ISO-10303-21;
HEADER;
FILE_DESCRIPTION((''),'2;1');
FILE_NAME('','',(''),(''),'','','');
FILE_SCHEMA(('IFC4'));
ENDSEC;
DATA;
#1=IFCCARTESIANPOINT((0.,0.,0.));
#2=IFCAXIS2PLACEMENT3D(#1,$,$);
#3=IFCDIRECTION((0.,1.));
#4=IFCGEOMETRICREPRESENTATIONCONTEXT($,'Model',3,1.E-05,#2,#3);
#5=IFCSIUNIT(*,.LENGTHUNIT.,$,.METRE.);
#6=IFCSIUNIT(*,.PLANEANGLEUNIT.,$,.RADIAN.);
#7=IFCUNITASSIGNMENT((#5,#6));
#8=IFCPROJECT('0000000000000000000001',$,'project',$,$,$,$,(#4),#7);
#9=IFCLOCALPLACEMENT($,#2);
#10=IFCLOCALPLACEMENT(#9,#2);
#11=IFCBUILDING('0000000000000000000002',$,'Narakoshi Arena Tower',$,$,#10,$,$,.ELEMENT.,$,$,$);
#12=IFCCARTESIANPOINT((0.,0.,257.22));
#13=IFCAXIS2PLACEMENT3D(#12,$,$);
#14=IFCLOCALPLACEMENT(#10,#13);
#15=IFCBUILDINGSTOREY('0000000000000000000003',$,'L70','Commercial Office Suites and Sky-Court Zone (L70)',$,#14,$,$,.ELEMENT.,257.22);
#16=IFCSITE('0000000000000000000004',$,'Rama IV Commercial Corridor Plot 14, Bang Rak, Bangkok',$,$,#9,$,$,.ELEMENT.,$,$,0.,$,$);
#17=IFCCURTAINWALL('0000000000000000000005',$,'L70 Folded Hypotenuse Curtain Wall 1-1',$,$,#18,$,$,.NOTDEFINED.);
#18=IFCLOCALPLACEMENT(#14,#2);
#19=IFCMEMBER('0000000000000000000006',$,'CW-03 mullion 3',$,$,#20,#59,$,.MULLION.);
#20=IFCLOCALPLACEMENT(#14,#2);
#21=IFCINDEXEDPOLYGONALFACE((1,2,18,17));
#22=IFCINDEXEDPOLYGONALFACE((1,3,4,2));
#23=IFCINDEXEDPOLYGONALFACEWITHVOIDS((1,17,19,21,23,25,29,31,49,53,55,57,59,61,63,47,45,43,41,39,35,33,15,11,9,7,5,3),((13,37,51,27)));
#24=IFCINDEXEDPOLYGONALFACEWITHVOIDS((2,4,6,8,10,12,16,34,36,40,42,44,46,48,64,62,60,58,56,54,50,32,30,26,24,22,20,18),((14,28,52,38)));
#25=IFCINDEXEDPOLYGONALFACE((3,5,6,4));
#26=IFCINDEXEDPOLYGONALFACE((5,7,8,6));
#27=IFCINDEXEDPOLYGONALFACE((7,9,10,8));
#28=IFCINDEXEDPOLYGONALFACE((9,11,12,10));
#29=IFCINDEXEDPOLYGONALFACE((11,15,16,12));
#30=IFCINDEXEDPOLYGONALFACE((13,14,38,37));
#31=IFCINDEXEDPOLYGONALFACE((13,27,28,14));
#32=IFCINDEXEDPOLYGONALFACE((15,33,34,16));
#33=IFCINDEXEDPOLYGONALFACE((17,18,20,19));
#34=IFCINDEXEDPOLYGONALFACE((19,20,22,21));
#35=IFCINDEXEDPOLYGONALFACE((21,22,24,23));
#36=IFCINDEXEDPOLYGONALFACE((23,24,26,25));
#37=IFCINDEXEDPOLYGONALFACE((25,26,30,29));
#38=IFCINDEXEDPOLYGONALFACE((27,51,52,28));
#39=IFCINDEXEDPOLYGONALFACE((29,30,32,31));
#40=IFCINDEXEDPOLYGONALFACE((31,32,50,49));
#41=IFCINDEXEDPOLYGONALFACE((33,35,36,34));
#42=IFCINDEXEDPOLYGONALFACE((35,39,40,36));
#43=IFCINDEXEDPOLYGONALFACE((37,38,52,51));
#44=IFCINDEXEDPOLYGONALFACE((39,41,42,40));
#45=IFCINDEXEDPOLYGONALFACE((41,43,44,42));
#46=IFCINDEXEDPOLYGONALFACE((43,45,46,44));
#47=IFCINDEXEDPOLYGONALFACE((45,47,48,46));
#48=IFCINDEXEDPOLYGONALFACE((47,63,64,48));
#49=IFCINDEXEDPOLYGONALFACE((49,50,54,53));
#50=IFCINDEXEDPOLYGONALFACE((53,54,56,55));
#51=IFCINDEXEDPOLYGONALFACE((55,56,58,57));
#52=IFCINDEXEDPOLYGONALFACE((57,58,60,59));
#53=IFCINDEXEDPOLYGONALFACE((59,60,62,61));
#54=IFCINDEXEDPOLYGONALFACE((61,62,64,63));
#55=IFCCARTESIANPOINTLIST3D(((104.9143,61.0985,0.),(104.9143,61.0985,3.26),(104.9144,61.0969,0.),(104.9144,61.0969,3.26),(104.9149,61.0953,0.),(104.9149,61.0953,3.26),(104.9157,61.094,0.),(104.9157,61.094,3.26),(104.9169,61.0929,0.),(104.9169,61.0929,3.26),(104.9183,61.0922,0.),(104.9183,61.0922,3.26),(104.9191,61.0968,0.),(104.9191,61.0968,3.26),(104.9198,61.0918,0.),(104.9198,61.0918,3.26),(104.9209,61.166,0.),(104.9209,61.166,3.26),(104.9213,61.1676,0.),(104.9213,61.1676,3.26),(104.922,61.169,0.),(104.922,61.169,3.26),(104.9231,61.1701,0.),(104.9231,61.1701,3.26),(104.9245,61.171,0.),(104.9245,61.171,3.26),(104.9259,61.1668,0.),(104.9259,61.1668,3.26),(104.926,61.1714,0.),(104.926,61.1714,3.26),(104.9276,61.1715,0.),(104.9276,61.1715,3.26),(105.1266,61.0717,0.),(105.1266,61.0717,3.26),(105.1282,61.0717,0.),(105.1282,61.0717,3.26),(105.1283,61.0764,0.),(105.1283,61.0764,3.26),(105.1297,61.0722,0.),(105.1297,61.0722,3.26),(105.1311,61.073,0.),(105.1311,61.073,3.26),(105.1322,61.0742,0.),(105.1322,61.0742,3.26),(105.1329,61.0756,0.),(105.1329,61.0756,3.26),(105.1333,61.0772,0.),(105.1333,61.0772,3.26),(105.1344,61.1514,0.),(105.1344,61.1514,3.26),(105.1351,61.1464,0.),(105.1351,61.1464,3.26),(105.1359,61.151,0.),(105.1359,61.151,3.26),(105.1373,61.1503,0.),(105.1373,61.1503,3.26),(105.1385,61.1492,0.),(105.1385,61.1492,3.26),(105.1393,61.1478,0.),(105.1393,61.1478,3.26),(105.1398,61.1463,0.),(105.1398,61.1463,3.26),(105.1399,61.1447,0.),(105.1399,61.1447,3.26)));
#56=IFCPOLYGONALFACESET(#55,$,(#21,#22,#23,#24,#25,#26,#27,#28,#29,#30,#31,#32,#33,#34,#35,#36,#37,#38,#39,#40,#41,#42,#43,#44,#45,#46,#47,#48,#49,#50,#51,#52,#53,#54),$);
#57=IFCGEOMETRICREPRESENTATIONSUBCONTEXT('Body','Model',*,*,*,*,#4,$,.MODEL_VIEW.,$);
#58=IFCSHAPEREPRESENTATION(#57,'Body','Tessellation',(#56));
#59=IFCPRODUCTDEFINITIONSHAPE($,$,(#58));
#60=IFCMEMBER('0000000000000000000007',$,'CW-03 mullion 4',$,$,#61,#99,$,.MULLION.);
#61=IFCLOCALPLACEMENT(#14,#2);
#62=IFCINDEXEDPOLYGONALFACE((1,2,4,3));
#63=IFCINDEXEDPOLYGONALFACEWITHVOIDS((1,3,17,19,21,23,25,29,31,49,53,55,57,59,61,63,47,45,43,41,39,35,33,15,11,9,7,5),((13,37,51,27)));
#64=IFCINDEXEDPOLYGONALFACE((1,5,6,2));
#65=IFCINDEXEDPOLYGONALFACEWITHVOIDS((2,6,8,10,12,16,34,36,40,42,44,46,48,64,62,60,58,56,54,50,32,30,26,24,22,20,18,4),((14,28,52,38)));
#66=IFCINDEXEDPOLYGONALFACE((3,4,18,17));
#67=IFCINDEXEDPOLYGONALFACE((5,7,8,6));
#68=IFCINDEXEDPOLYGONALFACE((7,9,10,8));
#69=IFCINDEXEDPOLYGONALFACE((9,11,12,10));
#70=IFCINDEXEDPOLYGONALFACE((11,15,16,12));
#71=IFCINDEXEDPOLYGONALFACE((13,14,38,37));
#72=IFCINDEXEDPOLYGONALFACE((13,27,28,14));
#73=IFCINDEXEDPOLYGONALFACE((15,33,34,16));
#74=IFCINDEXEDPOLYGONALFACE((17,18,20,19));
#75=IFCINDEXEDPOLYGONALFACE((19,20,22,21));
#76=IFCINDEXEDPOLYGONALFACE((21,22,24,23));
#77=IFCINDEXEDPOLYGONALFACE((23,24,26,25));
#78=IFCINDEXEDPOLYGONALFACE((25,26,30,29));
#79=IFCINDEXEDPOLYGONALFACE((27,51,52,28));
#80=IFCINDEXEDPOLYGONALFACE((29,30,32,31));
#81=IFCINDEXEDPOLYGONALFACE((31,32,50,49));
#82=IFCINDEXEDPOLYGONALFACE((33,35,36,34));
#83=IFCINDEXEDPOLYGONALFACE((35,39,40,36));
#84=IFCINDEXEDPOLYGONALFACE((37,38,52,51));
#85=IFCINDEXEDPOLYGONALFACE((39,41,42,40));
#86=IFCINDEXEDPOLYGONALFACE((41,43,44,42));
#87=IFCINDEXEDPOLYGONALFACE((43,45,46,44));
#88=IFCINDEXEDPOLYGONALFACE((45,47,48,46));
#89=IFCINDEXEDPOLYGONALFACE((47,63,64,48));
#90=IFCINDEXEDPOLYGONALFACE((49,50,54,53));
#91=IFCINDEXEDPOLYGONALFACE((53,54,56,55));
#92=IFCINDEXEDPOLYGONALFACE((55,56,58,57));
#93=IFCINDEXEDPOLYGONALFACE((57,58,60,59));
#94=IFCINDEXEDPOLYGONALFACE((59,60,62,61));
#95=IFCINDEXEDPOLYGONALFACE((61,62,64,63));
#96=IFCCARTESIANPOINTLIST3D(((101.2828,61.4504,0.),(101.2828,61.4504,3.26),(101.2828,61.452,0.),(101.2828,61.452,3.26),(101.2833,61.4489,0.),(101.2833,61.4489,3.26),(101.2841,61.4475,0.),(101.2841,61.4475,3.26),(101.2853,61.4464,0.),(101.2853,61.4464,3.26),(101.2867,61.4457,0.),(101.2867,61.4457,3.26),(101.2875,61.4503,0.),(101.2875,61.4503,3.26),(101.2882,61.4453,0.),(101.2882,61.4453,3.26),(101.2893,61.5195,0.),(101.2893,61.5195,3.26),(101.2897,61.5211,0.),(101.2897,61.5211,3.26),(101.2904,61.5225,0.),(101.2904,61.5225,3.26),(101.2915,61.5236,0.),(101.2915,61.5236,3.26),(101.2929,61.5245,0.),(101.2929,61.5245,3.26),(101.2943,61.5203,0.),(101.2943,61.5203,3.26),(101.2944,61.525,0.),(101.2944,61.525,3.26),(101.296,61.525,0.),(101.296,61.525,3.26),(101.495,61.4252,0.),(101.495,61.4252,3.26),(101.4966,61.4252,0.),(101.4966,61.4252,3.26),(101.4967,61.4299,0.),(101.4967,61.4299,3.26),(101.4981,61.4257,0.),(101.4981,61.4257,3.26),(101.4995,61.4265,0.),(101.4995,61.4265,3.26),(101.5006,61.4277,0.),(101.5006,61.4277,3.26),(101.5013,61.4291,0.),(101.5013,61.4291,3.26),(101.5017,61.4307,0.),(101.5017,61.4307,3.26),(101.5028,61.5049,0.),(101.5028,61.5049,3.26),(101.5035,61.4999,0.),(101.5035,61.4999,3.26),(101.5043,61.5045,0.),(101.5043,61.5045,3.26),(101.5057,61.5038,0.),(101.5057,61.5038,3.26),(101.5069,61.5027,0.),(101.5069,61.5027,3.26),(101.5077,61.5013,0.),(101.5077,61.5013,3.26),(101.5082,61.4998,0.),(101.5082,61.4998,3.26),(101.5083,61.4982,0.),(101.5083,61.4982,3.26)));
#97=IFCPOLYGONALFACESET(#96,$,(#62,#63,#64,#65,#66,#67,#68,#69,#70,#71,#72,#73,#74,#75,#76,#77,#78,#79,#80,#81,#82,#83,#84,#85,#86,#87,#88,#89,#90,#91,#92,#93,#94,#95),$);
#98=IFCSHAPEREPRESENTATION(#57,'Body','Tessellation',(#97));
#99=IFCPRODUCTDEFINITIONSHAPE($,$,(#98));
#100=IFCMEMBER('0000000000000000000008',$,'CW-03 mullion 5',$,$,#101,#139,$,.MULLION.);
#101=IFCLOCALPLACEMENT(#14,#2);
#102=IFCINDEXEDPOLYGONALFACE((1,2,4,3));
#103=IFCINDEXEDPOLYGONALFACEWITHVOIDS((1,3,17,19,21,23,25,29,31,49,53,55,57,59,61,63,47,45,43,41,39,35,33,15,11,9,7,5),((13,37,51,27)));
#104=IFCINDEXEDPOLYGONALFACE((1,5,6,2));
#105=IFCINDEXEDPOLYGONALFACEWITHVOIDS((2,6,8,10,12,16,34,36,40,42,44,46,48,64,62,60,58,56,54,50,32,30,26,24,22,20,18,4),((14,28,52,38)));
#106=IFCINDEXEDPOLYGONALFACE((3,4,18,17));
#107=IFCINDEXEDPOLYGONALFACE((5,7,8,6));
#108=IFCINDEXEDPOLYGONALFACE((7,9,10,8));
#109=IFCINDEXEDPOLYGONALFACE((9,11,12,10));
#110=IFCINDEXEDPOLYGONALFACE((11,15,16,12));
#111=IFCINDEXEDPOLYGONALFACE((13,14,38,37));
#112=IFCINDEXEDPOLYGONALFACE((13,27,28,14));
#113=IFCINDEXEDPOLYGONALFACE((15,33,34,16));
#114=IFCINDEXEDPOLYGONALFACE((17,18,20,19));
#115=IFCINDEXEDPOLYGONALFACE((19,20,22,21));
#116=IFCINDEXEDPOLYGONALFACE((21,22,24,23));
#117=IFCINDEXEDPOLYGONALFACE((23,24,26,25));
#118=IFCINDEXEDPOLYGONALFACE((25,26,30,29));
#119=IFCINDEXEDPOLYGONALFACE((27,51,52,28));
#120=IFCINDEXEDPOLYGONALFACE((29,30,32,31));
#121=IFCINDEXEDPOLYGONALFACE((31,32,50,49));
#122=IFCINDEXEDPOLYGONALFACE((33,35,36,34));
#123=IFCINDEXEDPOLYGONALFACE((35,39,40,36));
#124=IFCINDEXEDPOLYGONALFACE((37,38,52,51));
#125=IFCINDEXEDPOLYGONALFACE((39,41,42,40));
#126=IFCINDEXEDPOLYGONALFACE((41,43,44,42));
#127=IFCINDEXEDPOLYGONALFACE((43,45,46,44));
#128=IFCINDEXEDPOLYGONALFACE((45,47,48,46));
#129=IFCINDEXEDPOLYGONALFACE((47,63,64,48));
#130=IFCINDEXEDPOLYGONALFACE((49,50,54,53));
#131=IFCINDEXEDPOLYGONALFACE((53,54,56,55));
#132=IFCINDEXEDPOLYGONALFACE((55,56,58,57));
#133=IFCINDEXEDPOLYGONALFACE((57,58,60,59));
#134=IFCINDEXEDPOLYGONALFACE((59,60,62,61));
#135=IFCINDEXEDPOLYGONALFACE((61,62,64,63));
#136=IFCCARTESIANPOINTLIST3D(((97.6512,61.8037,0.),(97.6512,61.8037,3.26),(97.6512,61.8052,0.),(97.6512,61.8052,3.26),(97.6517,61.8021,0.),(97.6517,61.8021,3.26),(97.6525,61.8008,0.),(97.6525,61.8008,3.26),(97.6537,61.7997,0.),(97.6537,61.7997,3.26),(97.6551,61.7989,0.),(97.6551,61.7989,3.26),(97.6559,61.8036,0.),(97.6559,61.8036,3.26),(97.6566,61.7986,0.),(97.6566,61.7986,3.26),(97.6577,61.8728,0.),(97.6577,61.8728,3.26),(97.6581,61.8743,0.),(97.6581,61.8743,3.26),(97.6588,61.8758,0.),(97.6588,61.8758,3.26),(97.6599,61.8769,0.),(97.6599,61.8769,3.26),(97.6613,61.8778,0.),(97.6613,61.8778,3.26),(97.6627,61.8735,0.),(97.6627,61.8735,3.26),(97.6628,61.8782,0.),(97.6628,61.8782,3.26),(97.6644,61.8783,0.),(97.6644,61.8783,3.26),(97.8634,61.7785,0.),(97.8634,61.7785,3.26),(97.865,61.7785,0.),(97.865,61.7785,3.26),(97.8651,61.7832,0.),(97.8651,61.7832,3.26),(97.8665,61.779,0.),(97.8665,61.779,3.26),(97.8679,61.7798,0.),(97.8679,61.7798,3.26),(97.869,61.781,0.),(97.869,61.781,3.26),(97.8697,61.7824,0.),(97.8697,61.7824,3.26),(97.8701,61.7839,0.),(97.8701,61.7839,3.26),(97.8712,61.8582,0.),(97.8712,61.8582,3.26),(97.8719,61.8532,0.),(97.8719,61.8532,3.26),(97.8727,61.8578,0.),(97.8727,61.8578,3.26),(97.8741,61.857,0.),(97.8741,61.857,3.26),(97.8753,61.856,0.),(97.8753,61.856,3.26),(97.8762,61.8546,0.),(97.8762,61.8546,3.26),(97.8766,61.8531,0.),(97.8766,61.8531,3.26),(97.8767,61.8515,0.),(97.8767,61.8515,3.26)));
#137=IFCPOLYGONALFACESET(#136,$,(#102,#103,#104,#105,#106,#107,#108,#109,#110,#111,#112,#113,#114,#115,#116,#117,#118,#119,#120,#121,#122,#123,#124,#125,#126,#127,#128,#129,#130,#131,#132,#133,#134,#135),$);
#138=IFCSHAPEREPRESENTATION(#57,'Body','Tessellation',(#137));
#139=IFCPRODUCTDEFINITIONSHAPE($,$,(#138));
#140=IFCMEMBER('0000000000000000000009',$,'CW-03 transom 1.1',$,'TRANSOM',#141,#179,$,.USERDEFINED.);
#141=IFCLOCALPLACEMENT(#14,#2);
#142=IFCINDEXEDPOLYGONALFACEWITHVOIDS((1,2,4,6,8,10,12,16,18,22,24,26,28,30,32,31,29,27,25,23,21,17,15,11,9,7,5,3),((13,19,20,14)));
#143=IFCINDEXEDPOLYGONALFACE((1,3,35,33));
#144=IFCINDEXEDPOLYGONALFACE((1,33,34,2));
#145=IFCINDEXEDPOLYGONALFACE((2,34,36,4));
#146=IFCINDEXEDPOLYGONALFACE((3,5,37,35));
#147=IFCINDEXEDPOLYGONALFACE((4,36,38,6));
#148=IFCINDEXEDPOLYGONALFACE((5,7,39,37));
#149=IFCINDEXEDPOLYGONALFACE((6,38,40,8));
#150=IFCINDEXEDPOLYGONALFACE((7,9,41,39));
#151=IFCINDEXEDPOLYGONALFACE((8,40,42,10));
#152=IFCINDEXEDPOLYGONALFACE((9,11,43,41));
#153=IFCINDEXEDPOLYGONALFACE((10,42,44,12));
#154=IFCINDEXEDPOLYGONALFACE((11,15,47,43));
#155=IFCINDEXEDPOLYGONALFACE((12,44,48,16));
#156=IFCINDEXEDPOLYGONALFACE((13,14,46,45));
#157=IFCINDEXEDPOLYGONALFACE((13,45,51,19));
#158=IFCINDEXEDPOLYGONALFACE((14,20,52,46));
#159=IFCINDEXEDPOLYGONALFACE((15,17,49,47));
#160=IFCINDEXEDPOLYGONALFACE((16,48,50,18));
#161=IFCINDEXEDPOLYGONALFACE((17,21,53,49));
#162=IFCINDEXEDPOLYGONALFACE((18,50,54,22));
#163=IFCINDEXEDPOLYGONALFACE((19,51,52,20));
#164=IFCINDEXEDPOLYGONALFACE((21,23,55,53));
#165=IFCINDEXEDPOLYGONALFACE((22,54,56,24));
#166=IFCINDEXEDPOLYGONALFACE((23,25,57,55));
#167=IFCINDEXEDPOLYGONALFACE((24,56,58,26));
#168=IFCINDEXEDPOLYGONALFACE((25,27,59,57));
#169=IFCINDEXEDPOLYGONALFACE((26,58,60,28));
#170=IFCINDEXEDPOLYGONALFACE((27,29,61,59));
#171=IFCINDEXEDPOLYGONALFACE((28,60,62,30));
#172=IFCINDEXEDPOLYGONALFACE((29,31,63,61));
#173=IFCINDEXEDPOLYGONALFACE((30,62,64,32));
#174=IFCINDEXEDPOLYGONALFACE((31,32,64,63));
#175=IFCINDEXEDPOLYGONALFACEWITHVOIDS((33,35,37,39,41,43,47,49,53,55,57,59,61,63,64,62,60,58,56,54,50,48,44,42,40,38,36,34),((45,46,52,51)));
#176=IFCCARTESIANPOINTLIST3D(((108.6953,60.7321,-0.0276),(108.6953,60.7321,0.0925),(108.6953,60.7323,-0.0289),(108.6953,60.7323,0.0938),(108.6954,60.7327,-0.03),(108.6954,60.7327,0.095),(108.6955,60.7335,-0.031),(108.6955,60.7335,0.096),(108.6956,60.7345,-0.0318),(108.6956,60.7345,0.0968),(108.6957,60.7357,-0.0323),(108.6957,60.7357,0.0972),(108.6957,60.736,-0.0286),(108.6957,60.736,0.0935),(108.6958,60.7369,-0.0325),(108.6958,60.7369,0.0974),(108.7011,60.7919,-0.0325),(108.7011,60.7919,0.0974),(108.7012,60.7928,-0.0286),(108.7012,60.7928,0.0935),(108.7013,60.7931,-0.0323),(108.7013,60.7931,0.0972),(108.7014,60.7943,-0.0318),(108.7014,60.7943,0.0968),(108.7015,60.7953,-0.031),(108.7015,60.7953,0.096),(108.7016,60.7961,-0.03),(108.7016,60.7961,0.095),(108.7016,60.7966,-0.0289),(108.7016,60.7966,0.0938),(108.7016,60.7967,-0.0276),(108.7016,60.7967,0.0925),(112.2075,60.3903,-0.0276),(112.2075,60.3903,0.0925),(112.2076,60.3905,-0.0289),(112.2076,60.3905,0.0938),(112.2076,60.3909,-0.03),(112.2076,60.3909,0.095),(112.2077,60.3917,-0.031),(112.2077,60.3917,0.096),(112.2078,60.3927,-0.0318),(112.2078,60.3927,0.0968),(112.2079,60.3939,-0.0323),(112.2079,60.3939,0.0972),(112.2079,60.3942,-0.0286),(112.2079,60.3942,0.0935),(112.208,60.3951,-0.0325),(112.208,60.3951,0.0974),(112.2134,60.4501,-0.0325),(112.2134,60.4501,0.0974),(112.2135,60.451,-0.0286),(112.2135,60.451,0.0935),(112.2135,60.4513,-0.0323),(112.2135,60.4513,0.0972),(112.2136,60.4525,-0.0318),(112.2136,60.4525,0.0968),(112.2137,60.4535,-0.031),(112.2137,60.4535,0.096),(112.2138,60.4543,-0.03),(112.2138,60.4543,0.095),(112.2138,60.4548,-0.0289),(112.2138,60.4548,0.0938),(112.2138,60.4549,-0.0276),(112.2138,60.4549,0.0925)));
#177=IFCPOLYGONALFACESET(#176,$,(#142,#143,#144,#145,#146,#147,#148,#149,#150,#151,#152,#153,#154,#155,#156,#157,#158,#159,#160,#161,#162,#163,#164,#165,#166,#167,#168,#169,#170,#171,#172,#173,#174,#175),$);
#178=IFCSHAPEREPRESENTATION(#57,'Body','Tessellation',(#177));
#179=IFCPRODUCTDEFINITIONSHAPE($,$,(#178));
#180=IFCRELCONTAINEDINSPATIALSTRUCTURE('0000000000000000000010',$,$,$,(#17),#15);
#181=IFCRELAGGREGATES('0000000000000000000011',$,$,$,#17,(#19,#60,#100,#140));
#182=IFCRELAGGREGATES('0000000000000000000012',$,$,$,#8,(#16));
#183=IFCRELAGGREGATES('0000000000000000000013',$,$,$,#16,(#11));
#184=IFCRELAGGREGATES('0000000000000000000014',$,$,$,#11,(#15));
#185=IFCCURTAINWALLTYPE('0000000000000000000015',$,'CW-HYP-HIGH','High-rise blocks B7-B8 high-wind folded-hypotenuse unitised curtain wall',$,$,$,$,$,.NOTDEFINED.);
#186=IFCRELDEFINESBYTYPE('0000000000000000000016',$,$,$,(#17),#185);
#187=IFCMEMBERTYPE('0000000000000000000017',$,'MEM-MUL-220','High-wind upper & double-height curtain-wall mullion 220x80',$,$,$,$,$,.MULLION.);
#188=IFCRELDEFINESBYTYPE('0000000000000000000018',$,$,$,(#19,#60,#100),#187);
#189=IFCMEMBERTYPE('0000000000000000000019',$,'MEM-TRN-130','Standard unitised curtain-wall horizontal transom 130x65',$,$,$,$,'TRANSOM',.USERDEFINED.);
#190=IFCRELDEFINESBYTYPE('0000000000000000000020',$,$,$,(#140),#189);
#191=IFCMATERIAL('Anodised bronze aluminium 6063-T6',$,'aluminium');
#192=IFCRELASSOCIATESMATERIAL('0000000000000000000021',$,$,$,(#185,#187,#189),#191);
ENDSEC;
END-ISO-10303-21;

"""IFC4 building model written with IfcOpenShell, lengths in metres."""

from ifc_helpers import new_model, si_unit, direction, frame, origin, origin_2d, place, context, subcontext, project, spatial, hollow_rectangle, extrude, material, material_profile, profile_set, type_object, element, aggregate, save


model = new_model("IFC4")

# Units and contexts
model_context = context("Model", 3, precision=1e-05, world=origin(), true_north=direction((0.0, 1.0)))
body_context = subcontext(model_context, "Body", "Model", "MODEL_VIEW")
ifc_project = project(units=[si_unit("LENGTHUNIT", "METRE"), si_unit("PLANEANGLEUNIT", "RADIAN")], contexts=[model_context])

# Site, building, storey
site_placement = place(None, origin())
site = spatial("IfcSite", under=ifc_project, at=site_placement, Name="Rama IV Commercial Corridor Plot 14, Bang Rak, Bangkok", CompositionType="ELEMENT", RefElevation=0.0)
building_placement = place(site_placement, origin())
building = spatial("IfcBuilding", under=site, at=building_placement, Name="Narakoshi Arena Tower", CompositionType="ELEMENT")
storey_placement = place(building_placement, frame((0.0, 0.0, 257.22)))
storey = spatial("IfcBuildingStorey", under=building, at=storey_placement, Name="L70", Description="Commercial Office Suites and Sky-Court Zone (L70)", CompositionType="ELEMENT", Elevation=257.22)

# Curtain wall, members
ifc_material_1 = material(Name="Anodised bronze aluminium 6063-T6", Category="aluminium")
curtain_wall_type = type_object("IfcCurtainWallType", Name="CW-HYP-HIGH", Description="High-rise blocks B7-B8 high-wind folded-hypotenuse unitised curtain wall", PredefinedType="NOTDEFINED", material=ifc_material_1)
curtain_wall_placement = place(storey_placement, origin())
curtain_wall = element("IfcCurtainWall", 1, at=curtain_wall_placement, inside=storey, type_object=curtain_wall_type, Name="L70 Folded Hypotenuse Curtain Wall 1-1", PredefinedType="NOTDEFINED")
ifc_material_profile_1 = material_profile(ifc_material_1, hollow_rectangle(XDim=0.0801, YDim=0.22, WallThickness=0.0049, OuterFilletRadius=0.0061, at=origin_2d()), Name="MUL220x80x5")
ifc_profile_set_1 = profile_set([ifc_material_profile_1], Name="Anodised bronze aluminium 6063-T6")
member_type_1 = type_object("IfcMemberType", Name="MEM-MUL-220", Description="High-wind upper & double-height curtain-wall mullion 220x80", PredefinedType="MULLION", material=ifc_profile_set_1)
member_1_placement = place(storey_placement, frame((105.0271, 61.1216, 0.0), z_axis=(0.0, 0.0, 1.0), x_axis=(-0.096851, -0.995299, 0.0)))
member_1 = element("IfcMember", 2, at=member_1_placement, type_object=member_type_1, Name="CW-03 mullion 3", PredefinedType="MULLION", context=body_context, shape_type="SweptSolid", body=[
    extrude(hollow_rectangle(XDim=0.0801, YDim=0.22, WallThickness=0.0049, OuterFilletRadius=0.0061, at=origin_2d()), origin(), (0.0, 0.0, 1.0), 3.26),
])
member_2_placement = place(storey_placement, frame((101.3955, 61.4751, 0.0), z_axis=(0.0, 0.0, 1.0), x_axis=(-0.096851, -0.995299, 0.0)))
member_2 = element("IfcMember", 3, at=member_2_placement, type_object=member_type_1, Name="CW-03 mullion 4", PredefinedType="MULLION", context=body_context, shape_type="SweptSolid", body=[
    extrude(hollow_rectangle(XDim=0.0801, YDim=0.22, WallThickness=0.0049, OuterFilletRadius=0.0061, at=origin_2d()), origin(), (0.0, 0.0, 1.0), 3.26),
])
member_3_placement = place(storey_placement, frame((97.7639, 61.8284, 0.0), z_axis=(0.0, 0.0, 1.0), x_axis=(-0.096851, -0.995299, 0.0)))
member_3 = element("IfcMember", 4, at=member_3_placement, type_object=member_type_1, Name="CW-03 mullion 5", PredefinedType="MULLION", context=body_context, shape_type="SweptSolid", body=[
    extrude(hollow_rectangle(XDim=0.0801, YDim=0.22, WallThickness=0.0049, OuterFilletRadius=0.0061, at=origin_2d()), origin(), (0.0, 0.0, 1.0), 3.26),
])
ifc_material_profile_2 = material_profile(ifc_material_1, hollow_rectangle(XDim=0.0649, YDim=0.1299, WallThickness=0.0039, OuterFilletRadius=0.0049, at=origin_2d()), Name="TRN130x65x4")
ifc_profile_set_2 = profile_set([ifc_material_profile_2], Name="Anodised bronze aluminium 6063-T6")
member_type_2 = type_object("IfcMemberType", Name="MEM-TRN-130", Description="Standard unitised curtain-wall horizontal transom 130x65", ElementType="TRANSOM", PredefinedType="USERDEFINED", material=ifc_profile_set_2)
member_4_placement = place(storey_placement, frame((112.2107, 60.4226, 0.0325), z_axis=(-0.995298, 0.096859, 0.0), x_axis=(-0.096859, -0.995298, 0.0)))
member_4 = element("IfcMember", 5, at=member_4_placement, type_object=member_type_2, Name="CW-03 transom 1.1", ObjectType="TRANSOM", PredefinedType="USERDEFINED", context=body_context, shape_type="SweptSolid", body=[
    extrude(hollow_rectangle(XDim=0.0649, YDim=0.1299, WallThickness=0.0039, OuterFilletRadius=0.0049, at=origin_2d()), origin(), (0.0, 0.0, 1.0), 3.5288),
])
aggregate(curtain_wall, [member_1, member_2, member_3, member_4])

save(model, "model.ifc")
